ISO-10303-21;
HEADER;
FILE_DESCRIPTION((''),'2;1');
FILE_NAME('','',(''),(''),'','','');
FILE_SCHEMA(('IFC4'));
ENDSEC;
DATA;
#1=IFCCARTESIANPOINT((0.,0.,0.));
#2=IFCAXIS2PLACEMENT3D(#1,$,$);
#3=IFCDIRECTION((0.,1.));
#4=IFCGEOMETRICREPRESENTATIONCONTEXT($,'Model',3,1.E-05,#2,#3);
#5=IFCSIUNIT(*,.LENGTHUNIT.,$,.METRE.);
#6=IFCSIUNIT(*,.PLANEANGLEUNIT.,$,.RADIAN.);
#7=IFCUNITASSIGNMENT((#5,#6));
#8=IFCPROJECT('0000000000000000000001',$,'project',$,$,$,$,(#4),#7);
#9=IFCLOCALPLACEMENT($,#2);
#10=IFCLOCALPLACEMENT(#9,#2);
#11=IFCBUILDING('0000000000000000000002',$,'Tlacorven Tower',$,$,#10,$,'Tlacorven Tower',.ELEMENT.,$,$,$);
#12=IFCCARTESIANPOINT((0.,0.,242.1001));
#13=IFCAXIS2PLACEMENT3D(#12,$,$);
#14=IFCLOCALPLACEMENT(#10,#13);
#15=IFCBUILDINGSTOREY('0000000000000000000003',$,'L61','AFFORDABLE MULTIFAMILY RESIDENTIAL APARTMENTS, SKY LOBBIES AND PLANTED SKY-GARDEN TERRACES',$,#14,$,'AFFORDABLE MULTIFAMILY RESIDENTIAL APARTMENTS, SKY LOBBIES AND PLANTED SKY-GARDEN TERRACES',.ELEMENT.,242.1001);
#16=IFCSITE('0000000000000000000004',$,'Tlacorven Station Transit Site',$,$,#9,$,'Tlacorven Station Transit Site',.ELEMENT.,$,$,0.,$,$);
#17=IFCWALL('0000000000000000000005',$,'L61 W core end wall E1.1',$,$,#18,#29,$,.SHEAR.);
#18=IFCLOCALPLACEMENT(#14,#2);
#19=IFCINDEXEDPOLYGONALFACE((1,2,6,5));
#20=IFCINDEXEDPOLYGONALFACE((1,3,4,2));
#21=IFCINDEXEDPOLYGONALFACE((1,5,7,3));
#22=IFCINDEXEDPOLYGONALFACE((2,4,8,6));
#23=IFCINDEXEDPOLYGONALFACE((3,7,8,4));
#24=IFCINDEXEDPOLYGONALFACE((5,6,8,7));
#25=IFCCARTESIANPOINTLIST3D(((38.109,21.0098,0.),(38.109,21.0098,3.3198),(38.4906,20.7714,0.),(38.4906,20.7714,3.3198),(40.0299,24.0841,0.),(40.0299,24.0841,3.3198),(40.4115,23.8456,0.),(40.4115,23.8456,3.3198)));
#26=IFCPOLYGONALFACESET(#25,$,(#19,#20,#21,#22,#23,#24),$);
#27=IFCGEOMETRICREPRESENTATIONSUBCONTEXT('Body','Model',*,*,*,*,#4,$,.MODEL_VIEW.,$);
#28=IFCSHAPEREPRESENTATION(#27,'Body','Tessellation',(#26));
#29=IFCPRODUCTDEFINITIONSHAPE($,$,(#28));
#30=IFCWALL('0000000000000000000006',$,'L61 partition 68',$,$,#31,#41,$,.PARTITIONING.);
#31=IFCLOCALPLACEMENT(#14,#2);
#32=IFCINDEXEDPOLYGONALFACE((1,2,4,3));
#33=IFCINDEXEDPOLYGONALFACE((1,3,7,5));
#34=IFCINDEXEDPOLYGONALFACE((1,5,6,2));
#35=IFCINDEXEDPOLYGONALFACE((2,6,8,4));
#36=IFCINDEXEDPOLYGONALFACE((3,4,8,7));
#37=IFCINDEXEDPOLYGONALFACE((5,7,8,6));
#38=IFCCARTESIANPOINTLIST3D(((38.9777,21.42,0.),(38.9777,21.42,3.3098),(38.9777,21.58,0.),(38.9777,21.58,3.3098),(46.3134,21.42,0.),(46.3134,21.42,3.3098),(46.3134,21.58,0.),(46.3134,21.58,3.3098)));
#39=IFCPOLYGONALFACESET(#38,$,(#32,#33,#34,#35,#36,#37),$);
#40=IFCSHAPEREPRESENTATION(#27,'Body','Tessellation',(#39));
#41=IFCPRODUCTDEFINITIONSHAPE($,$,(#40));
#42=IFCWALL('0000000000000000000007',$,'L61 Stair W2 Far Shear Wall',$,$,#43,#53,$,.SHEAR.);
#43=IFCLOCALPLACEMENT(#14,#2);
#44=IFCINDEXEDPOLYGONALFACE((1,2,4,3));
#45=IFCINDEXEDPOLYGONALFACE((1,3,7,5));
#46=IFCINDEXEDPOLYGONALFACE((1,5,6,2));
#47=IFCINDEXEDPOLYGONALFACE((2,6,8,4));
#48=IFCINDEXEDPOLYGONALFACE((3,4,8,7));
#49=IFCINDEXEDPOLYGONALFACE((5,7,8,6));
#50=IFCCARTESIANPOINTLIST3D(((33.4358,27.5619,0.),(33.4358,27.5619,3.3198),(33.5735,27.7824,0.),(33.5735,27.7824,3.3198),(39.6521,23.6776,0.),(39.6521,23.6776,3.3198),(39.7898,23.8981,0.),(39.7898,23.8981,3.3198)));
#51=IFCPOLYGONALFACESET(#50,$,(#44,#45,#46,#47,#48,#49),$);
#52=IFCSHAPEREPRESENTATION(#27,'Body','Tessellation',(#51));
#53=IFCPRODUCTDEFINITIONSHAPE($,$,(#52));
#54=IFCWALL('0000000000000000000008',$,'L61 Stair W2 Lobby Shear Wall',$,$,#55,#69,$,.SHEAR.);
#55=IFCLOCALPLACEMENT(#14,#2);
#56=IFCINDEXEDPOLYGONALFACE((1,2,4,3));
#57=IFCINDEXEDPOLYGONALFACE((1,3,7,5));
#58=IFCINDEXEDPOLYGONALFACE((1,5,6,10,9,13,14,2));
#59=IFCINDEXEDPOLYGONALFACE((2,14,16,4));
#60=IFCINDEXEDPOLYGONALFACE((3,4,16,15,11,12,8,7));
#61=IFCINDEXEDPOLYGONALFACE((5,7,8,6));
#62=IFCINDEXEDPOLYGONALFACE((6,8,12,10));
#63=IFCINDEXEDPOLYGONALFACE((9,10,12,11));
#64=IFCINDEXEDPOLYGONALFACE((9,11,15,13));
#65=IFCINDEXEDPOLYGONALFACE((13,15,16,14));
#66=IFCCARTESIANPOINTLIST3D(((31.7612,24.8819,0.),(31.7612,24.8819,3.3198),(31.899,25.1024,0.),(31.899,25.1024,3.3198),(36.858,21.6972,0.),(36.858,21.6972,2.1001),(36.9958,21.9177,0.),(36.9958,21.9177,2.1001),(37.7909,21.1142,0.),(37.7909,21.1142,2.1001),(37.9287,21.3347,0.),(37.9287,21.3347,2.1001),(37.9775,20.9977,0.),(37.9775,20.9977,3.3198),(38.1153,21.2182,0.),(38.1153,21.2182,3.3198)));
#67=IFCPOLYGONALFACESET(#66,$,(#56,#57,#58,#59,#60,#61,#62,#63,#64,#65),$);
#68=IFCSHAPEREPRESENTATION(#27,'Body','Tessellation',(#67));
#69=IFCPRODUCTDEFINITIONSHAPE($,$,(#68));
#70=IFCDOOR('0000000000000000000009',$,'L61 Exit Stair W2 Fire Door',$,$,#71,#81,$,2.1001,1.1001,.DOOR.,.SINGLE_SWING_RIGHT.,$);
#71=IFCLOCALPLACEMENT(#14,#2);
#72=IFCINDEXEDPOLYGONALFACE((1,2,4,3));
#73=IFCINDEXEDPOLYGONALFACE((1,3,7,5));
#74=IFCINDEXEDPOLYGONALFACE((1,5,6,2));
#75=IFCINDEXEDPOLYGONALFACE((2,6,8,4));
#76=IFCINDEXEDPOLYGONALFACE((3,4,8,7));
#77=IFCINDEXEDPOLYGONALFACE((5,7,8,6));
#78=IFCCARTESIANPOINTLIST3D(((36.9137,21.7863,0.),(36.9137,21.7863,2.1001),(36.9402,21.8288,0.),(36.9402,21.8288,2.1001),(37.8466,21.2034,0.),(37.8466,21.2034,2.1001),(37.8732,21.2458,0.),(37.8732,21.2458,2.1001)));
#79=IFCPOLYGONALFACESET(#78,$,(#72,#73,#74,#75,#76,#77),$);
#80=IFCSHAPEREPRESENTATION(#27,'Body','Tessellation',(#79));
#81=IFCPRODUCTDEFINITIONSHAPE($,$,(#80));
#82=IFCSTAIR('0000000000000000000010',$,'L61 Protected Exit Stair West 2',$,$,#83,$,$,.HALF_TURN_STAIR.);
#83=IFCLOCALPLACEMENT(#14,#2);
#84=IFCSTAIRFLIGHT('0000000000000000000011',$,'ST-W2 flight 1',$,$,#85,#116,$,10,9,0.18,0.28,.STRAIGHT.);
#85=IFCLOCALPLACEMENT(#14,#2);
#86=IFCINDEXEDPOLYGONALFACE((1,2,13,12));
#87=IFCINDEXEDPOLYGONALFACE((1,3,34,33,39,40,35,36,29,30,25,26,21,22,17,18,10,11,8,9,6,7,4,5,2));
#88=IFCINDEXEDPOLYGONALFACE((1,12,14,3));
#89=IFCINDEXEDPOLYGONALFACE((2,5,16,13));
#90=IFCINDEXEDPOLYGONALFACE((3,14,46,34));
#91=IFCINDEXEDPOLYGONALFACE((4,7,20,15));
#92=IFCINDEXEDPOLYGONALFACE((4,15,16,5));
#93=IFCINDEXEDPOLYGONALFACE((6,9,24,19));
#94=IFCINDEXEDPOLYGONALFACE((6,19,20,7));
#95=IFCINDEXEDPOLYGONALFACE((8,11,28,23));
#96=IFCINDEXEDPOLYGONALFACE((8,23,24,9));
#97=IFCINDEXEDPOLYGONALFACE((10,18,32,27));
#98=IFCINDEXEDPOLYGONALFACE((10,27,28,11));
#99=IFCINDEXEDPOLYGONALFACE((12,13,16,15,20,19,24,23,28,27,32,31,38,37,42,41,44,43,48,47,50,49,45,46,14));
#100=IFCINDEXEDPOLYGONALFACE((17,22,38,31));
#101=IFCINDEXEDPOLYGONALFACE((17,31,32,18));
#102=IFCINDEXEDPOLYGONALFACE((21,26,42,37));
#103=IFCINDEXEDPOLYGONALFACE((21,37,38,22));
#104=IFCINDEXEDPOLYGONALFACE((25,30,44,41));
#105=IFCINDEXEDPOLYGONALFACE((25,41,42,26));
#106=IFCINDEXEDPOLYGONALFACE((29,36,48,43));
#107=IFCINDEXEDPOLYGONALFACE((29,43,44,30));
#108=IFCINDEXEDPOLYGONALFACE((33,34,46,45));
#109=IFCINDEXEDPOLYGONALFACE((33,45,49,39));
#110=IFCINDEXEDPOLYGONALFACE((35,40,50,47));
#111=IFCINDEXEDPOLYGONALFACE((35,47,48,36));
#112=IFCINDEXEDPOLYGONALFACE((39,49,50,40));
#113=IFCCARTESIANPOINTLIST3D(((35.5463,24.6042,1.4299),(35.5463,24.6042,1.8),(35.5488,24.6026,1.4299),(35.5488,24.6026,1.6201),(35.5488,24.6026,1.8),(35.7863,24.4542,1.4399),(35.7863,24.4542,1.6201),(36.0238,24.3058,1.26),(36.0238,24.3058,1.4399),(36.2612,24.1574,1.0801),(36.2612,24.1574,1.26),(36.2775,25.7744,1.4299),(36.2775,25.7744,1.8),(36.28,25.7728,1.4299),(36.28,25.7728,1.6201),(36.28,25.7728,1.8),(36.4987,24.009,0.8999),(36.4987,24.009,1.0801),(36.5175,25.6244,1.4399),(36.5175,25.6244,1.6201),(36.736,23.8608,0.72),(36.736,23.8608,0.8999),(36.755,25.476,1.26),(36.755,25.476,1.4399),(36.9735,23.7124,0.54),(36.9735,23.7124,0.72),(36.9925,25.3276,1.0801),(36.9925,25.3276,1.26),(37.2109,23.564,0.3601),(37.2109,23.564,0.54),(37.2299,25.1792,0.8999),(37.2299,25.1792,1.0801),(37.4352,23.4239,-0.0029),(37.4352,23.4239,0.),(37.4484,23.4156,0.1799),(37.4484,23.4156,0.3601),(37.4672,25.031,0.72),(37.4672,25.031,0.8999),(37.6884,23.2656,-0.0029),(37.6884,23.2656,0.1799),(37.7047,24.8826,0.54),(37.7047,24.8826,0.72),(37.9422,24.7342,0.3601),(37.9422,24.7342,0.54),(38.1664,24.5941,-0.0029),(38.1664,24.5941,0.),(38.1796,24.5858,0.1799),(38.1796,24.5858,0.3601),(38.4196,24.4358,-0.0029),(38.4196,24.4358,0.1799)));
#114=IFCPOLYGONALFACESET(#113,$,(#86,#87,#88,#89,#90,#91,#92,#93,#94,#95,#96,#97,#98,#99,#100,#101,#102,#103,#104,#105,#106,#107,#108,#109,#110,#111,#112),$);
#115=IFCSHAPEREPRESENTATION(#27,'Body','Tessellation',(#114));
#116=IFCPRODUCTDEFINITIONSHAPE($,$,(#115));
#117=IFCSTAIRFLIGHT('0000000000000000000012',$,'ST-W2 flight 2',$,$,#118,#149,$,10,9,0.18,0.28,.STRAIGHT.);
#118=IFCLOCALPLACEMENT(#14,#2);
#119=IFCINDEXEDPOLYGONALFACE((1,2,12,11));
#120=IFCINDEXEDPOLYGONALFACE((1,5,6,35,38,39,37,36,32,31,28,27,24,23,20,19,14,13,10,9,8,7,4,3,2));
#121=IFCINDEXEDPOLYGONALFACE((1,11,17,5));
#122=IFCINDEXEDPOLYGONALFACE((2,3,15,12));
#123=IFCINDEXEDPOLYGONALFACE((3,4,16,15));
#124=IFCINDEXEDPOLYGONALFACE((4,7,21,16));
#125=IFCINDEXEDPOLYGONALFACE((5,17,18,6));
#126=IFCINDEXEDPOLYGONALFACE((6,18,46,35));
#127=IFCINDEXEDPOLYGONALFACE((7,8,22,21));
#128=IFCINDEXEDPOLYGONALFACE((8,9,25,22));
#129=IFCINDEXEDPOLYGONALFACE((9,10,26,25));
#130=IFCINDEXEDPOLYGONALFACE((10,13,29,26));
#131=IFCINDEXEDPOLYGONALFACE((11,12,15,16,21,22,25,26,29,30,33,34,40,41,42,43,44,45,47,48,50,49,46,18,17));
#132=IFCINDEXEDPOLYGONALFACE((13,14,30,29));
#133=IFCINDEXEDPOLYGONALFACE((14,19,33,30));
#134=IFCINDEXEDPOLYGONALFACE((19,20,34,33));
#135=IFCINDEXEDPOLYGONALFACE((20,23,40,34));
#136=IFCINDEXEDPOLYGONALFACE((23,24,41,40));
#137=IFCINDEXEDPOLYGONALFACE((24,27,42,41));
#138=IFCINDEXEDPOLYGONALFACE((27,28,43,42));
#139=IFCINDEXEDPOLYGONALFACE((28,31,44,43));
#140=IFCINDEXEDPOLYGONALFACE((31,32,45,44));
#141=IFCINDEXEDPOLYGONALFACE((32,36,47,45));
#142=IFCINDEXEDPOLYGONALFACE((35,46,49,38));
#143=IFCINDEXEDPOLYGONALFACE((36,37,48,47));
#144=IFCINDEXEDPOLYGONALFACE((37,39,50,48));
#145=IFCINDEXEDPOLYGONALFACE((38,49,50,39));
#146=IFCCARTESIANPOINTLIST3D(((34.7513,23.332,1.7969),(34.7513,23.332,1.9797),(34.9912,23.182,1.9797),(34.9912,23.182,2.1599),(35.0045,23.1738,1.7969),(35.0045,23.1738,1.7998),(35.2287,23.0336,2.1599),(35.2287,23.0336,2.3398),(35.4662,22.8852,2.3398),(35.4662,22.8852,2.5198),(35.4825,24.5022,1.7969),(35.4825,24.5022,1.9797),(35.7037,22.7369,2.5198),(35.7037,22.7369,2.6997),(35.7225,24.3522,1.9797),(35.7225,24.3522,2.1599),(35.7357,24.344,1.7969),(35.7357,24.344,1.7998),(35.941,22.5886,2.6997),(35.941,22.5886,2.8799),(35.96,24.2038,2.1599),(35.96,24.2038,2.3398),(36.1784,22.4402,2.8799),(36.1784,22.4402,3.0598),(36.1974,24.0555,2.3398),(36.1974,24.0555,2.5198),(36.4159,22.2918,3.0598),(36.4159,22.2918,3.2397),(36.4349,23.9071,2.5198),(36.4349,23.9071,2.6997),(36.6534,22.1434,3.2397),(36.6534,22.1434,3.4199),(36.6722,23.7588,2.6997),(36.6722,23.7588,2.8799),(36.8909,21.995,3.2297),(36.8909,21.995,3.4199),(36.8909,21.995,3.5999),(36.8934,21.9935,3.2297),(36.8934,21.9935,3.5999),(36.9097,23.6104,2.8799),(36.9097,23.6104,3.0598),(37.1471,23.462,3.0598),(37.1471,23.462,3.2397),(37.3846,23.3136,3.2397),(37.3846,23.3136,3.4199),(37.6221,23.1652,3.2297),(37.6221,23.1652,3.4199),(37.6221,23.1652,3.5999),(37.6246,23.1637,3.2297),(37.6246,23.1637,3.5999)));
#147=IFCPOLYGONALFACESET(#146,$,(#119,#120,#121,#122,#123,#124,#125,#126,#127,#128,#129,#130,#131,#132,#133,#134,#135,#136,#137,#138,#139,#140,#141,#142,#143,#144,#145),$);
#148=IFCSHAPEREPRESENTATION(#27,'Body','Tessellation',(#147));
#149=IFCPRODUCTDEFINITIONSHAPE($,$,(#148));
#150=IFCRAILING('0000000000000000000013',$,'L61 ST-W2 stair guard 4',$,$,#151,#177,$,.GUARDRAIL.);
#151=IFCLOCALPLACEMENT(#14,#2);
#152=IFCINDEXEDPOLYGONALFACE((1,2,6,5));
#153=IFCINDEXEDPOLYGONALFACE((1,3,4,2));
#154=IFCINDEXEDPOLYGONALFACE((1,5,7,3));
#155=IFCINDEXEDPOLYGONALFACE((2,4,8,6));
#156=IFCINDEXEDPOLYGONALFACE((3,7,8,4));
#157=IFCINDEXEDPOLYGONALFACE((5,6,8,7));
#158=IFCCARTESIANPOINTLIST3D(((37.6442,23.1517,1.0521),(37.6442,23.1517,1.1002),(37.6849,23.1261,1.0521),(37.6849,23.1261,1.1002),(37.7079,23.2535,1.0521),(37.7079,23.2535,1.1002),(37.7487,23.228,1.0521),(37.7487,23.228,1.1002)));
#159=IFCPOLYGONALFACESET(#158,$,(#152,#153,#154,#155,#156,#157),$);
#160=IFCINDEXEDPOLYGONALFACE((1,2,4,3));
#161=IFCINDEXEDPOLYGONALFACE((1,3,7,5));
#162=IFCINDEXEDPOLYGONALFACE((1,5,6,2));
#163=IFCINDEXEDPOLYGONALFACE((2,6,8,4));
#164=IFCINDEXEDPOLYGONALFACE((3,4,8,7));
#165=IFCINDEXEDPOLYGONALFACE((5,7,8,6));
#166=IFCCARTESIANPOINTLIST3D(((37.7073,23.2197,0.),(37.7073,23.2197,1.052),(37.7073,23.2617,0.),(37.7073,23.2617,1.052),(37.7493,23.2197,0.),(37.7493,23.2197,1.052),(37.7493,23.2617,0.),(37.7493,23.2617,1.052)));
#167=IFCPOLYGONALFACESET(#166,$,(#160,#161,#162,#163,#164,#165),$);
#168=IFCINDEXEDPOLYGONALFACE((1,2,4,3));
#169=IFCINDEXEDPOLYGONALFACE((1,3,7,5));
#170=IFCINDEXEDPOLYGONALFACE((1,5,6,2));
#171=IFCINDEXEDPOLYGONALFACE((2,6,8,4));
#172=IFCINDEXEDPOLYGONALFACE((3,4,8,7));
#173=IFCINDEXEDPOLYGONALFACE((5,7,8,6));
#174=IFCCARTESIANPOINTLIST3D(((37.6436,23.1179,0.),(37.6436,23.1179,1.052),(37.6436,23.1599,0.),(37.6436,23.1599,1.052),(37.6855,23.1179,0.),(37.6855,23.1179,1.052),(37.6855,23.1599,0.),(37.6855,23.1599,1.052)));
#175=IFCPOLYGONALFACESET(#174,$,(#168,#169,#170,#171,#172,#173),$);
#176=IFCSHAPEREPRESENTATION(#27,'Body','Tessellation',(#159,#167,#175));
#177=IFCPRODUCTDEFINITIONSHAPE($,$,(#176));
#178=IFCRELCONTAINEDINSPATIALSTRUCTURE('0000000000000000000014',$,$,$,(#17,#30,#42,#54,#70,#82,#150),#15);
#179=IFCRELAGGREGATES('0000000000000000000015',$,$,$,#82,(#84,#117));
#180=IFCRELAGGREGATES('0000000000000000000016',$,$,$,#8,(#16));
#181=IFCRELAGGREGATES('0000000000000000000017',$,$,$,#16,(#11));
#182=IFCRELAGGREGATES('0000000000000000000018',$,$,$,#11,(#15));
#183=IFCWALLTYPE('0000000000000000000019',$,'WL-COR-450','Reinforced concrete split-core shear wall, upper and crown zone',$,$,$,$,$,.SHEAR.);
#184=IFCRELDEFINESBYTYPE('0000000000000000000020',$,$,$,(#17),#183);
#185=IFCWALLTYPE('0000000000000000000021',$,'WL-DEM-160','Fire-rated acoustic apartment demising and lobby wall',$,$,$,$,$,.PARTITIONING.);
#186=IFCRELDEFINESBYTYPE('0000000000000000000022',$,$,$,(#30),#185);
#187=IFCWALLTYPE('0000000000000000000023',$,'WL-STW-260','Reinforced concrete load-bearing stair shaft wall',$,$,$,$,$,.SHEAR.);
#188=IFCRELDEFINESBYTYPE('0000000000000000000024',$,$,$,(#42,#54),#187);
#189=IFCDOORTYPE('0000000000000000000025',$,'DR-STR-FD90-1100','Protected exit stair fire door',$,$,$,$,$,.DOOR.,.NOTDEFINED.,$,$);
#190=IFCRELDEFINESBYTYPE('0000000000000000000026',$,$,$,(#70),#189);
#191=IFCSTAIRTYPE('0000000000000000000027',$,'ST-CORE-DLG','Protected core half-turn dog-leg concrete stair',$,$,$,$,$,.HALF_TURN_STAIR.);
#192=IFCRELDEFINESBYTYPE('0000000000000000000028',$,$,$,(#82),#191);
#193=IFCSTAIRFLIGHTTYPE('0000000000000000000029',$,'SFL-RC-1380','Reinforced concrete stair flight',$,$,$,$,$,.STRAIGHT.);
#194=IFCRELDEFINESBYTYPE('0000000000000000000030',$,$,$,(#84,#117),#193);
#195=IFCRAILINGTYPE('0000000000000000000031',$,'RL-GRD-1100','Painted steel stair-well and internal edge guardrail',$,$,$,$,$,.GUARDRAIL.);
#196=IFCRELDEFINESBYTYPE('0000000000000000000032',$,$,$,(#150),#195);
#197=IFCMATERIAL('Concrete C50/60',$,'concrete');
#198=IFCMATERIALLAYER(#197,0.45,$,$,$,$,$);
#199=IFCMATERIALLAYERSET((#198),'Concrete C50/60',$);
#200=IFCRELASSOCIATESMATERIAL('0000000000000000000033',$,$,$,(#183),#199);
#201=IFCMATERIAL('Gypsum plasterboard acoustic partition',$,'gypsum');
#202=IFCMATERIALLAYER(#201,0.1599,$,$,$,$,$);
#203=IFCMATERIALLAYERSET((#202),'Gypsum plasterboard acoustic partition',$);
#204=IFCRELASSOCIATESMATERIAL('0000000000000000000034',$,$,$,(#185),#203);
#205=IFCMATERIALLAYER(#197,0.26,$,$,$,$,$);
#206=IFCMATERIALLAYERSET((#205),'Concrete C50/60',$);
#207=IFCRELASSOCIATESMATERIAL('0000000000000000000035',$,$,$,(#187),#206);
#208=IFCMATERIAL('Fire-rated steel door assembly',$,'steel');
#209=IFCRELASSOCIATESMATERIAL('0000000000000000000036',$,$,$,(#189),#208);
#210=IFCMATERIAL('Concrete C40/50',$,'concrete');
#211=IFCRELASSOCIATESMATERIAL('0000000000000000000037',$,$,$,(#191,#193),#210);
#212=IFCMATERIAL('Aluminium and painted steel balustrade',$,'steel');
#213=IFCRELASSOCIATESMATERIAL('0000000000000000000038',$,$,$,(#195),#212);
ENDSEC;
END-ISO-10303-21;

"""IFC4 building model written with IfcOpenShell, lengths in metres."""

from ifc_helpers import new_model, si_unit, direction, frame, frame_2d, origin, origin_2d, place, context, subcontext, project, spatial, polyline, rectangle, outline, extrude, source, transform, mapped, material, layer, layer_set, type_object, element, fill, aggregate, save


model = new_model("IFC4")

# Units and contexts
model_context = context("Model", 3, precision=1e-05, world=origin(), true_north=direction((0.0, 1.0)))
body_context = subcontext(model_context, "Body", "Model", "MODEL_VIEW")
ifc_project = project(units=[si_unit("LENGTHUNIT", "METRE"), si_unit("PLANEANGLEUNIT", "RADIAN")], contexts=[model_context])

# Site, building, storey
site_placement = place(None, origin())
site = spatial("IfcSite", under=ifc_project, at=site_placement, Name="Tlacorven Station Transit Site", LongName="Tlacorven Station Transit Site", CompositionType="ELEMENT", RefElevation=0.0)
building_placement = place(site_placement, origin())
building = spatial("IfcBuilding", under=site, at=building_placement, Name="Tlacorven Tower", LongName="Tlacorven Tower", CompositionType="ELEMENT")
storey_placement = place(building_placement, frame((0.0, 0.0, 242.1001)))
storey = spatial("IfcBuildingStorey", under=building, at=storey_placement, Name="L61", Description="AFFORDABLE MULTIFAMILY RESIDENTIAL APARTMENTS, SKY LOBBIES AND PLANTED SKY-GARDEN TERRACES", LongName="AFFORDABLE MULTIFAMILY RESIDENTIAL APARTMENTS, SKY LOBBIES AND PLANTED SKY-GARDEN TERRACES", CompositionType="ELEMENT", Elevation=242.1001)

# Walls
ifc_material_1 = material(Name="Concrete C50/60", Category="concrete")
ifc_layer_1 = layer(ifc_material_1, 0.45)
ifc_layer_set_1 = layer_set([ifc_layer_1], Name="Concrete C50/60")
wall_type_1 = type_object("IfcWallType", Name="WL-COR-450", Description="Reinforced concrete split-core shear wall, upper and crown zone", PredefinedType="SHEAR", material=ifc_layer_set_1)
wall_1_placement = place(storey_placement, frame((40.2207, 23.9648, 0.0), z_axis=(0.0, 0.0, 1.0), x_axis=(-0.529902, -0.848059, 0.0)))
element("IfcWall", 1, at=wall_1_placement, inside=storey, type_object=wall_type_1, Name="L61 W core end wall E1.1", PredefinedType="SHEAR", context=body_context, shape_type="SweptSolid", body=[
    extrude(rectangle(XDim=3.625, YDim=0.45, at=frame_2d((1.8125, 0.0))), origin(), (0.0, 0.0, 1.0), 3.3198),
])
ifc_material_2 = material(Name="Gypsum plasterboard acoustic partition", Category="gypsum")
ifc_layer_2 = layer(ifc_material_2, 0.1599)
ifc_layer_set_2 = layer_set([ifc_layer_2], Name="Gypsum plasterboard acoustic partition")
wall_type_2 = type_object("IfcWallType", Name="WL-DEM-160", Description="Fire-rated acoustic apartment demising and lobby wall", PredefinedType="PARTITIONING", material=ifc_layer_set_2)
wall_2_placement = place(storey_placement, frame((38.9775, 21.5, 0.0), z_axis=(0.0, 0.0, 1.0), x_axis=(1.0, 0.0, 0.0)))
element("IfcWall", 2, at=wall_2_placement, inside=storey, type_object=wall_type_2, Name="L61 partition 68", PredefinedType="PARTITIONING", context=body_context, shape_type="SweptSolid", body=[
    extrude(rectangle(XDim=7.3357, YDim=0.1599, at=frame_2d((3.668, 0.0))), origin(), (0.0, 0.0, 1.0), 3.3098),
])
ifc_layer_3 = layer(ifc_material_1, 0.26)
ifc_layer_set_3 = layer_set([ifc_layer_3], Name="Concrete C50/60")
wall_type_3 = type_object("IfcWallType", Name="WL-STW-260", Description="Reinforced concrete load-bearing stair shaft wall", PredefinedType="SHEAR", material=ifc_layer_set_3)
wall_3_placement = place(storey_placement, frame((39.7209, 23.7878, 0.0), z_axis=(0.0, 0.0, 1.0), x_axis=(-0.848054, 0.529909, 0.0)))
element("IfcWall", 3, at=wall_3_placement, inside=storey, type_object=wall_type_3, Name="L61 Stair W2 Far Shear Wall", PredefinedType="SHEAR", context=body_context, shape_type="SweptSolid", body=[
    extrude(rectangle(XDim=7.3301, YDim=0.26, at=frame_2d((3.665, 0.0))), origin(), (0.0, 0.0, 1.0), 3.3198),
])

# Wall, opening, door
wall_4_placement = place(storey_placement, frame((38.0464, 21.1079, 0.0), z_axis=(0.0, 0.0, 1.0), x_axis=(-0.848054, 0.529909, 0.0)))
wall_4 = element("IfcWall", 4, at=wall_4_placement, inside=storey, type_object=wall_type_3, Name="L61 Stair W2 Lobby Shear Wall", PredefinedType="SHEAR", context=body_context, shape_type="SweptSolid", body=[
    extrude(rectangle(XDim=7.3301, YDim=0.26, at=frame_2d((3.665, 0.0))), origin(), (0.0, 0.0, 1.0), 3.3198),
])
opening_placement = place(wall_4_placement, frame((0.22, 0.0, 0.0)))
opening = element("IfcOpeningElement", 5, at=opening_placement, cuts=wall_4, PredefinedType="OPENING", context=body_context, shape_type="SweptSolid", body=[
    extrude(rectangle(XDim=1.1001, YDim=2.1001, at=frame_2d((0.55, 1.05))), frame((0.0, 0.1401, 0.0), z_axis=(0.0, -1.0, 0.0), x_axis=(1.0, 0.0, 0.0)), (0.0, 0.0, 1.0), 0.28),
])
ifc_material_3 = material(Name="Fire-rated steel door assembly", Category="steel")
door_type = type_object("IfcDoorType", Name="DR-STR-FD90-1100", Description="Protected exit stair fire door", OperationType="NOTDEFINED", PredefinedType="DOOR", material=ifc_material_3)
shared_shape_1 = source(origin(), body_context, "Body", "SweptSolid", [
    extrude(rectangle(XDim=1.1001, YDim=2.1001, at=frame_2d((0.55, 1.05))), frame((0.0, 0.0249, 0.0), z_axis=(0.0, -1.0, 0.0), x_axis=(1.0, 0.0, 0.0)), (0.0, 0.0, 1.0), 0.05),
])
door_placement = place(opening_placement, origin())
door = element("IfcDoor", 6, at=door_placement, inside=storey, type_object=door_type, Name="L61 Exit Stair W2 Fire Door", OperationType="SINGLE_SWING_RIGHT", OverallHeight=2.1001, OverallWidth=1.1001, PredefinedType="DOOR", context=body_context, shape_type="MappedRepresentation", body=[
    mapped(shared_shape_1, transform((0.0, 0.0, 0.0), scale=1.0)),
])
fill(opening, door)

# Stair, stair flights
ifc_material_4 = material(Name="Concrete C40/50", Category="concrete")
stair_type = type_object("IfcStairType", Name="ST-CORE-DLG", Description="Protected core half-turn dog-leg concrete stair", PredefinedType="HALF_TURN_STAIR", material=ifc_material_4)
stair_placement = place(storey_placement, origin())
stair = element("IfcStair", 7, at=stair_placement, inside=storey, type_object=stair_type, Name="L61 Protected Exit Stair West 2", PredefinedType="HALF_TURN_STAIR")
stair_flight_type = type_object("IfcStairFlightType", Name="SFL-RC-1380", Description="Reinforced concrete stair flight", PredefinedType="STRAIGHT", material=ifc_material_4)
shared_shape_2 = source(origin(), body_context, "Body", "SweptSolid", [
    extrude(outline(polyline([(-0.0029, -0.0029), (-0.0029, 0.1799), (0.28, 0.1799), (0.28, 0.3601), (0.5601, 0.3601), (0.5601, 0.54), (0.8401, 0.54), (0.8401, 0.72), (1.1201, 0.72), (1.1201, 0.8999), (1.3999, 0.8999), (1.3999, 1.0801), (1.6799, 1.0801), (1.6799, 1.26), (1.96, 1.26), (1.96, 1.4399), (2.24, 1.4399), (2.24, 1.6201), (2.52, 1.6201), (2.52, 1.8), (2.5229, 1.8), (2.5229, 1.4299), (2.52, 1.4299), (0.2957, 0.0), (0.2957, -0.0029), (-0.0029, -0.0029)])), frame((0.0, 0.6899, 0.0), z_axis=(0.0, -1.0, 0.0), x_axis=(1.0, 0.0, 0.0)), (0.0, 0.0, 1.0), 1.3799),
])
stair_flight_1_placement = place(storey_placement, frame((38.0515, 23.8523, 0.0), z_axis=(0.0, 0.0, 1.0), x_axis=(-0.848048, 0.529919, 0.0)))
stair_flight_1 = element("IfcStairFlight", 8, at=stair_flight_1_placement, type_object=stair_flight_type, Name="ST-W2 flight 1", NumberOfRisers=10, NumberOfTreads=9, PredefinedType="STRAIGHT", RiserHeight=0.18, TreadLength=0.28, context=body_context, shape_type="MappedRepresentation", body=[
    mapped(shared_shape_2, transform((0.0, 0.0, 0.0), scale=1.0)),
])
stair_flight_2_placement = place(storey_placement, frame((35.1194, 23.9155, 1.7998), z_axis=(0.0, 0.0, 1.0), x_axis=(0.848048, -0.529919, 0.0)))
stair_flight_2 = element("IfcStairFlight", 9, at=stair_flight_2_placement, type_object=stair_flight_type, Name="ST-W2 flight 2", NumberOfRisers=10, NumberOfTreads=9, PredefinedType="STRAIGHT", RiserHeight=0.18, TreadLength=0.28, context=body_context, shape_type="MappedRepresentation", body=[
    mapped(shared_shape_2, transform((0.0, 0.0, 0.0), scale=1.0)),
])
aggregate(stair, [stair_flight_1, stair_flight_2])

# Railing
ifc_material_5 = material(Name="Aluminium and painted steel balustrade", Category="steel")
railing_type_1 = type_object("IfcRailingType", Name="RL-GRD-1100", Description="Painted steel stair-well and internal edge guardrail", PredefinedType="GUARDRAIL", material=ifc_material_5)
shared_shape_3 = source(origin(), body_context, "Body", "SweptSolid", [
    extrude(rectangle(XDim=0.0481, YDim=0.0481, at=origin_2d()), frame((0.0, 0.0, 1.0762), z_axis=(-0.530547, -0.847656, 0.0), x_axis=(0.847656, -0.530547, 0.0)), (0.0, 0.0, 1.0), 0.1201),
    extrude(rectangle(XDim=0.042, YDim=0.042, at=origin_2d()), origin(), (0.0, 0.0, 1.0), 1.052),
    extrude(rectangle(XDim=0.042, YDim=0.042, at=origin_2d()), frame((-0.0637, -0.1018, 0.0)), (0.0, 0.0, 1.0), 1.052),
])
railing_1_placement = place(storey_placement, frame((37.7283, 23.2407, 0.0)))
element("IfcRailing", 10, at=railing_1_placement, inside=storey, type_object=railing_type_1, Name="L61 ST-W2 stair guard 4", PredefinedType="GUARDRAIL", context=body_context, shape_type="MappedRepresentation", body=[
    mapped(shared_shape_3, transform((0.0, 0.0, 0.0), scale=1.0)),
])

save(model, "model.ifc")
